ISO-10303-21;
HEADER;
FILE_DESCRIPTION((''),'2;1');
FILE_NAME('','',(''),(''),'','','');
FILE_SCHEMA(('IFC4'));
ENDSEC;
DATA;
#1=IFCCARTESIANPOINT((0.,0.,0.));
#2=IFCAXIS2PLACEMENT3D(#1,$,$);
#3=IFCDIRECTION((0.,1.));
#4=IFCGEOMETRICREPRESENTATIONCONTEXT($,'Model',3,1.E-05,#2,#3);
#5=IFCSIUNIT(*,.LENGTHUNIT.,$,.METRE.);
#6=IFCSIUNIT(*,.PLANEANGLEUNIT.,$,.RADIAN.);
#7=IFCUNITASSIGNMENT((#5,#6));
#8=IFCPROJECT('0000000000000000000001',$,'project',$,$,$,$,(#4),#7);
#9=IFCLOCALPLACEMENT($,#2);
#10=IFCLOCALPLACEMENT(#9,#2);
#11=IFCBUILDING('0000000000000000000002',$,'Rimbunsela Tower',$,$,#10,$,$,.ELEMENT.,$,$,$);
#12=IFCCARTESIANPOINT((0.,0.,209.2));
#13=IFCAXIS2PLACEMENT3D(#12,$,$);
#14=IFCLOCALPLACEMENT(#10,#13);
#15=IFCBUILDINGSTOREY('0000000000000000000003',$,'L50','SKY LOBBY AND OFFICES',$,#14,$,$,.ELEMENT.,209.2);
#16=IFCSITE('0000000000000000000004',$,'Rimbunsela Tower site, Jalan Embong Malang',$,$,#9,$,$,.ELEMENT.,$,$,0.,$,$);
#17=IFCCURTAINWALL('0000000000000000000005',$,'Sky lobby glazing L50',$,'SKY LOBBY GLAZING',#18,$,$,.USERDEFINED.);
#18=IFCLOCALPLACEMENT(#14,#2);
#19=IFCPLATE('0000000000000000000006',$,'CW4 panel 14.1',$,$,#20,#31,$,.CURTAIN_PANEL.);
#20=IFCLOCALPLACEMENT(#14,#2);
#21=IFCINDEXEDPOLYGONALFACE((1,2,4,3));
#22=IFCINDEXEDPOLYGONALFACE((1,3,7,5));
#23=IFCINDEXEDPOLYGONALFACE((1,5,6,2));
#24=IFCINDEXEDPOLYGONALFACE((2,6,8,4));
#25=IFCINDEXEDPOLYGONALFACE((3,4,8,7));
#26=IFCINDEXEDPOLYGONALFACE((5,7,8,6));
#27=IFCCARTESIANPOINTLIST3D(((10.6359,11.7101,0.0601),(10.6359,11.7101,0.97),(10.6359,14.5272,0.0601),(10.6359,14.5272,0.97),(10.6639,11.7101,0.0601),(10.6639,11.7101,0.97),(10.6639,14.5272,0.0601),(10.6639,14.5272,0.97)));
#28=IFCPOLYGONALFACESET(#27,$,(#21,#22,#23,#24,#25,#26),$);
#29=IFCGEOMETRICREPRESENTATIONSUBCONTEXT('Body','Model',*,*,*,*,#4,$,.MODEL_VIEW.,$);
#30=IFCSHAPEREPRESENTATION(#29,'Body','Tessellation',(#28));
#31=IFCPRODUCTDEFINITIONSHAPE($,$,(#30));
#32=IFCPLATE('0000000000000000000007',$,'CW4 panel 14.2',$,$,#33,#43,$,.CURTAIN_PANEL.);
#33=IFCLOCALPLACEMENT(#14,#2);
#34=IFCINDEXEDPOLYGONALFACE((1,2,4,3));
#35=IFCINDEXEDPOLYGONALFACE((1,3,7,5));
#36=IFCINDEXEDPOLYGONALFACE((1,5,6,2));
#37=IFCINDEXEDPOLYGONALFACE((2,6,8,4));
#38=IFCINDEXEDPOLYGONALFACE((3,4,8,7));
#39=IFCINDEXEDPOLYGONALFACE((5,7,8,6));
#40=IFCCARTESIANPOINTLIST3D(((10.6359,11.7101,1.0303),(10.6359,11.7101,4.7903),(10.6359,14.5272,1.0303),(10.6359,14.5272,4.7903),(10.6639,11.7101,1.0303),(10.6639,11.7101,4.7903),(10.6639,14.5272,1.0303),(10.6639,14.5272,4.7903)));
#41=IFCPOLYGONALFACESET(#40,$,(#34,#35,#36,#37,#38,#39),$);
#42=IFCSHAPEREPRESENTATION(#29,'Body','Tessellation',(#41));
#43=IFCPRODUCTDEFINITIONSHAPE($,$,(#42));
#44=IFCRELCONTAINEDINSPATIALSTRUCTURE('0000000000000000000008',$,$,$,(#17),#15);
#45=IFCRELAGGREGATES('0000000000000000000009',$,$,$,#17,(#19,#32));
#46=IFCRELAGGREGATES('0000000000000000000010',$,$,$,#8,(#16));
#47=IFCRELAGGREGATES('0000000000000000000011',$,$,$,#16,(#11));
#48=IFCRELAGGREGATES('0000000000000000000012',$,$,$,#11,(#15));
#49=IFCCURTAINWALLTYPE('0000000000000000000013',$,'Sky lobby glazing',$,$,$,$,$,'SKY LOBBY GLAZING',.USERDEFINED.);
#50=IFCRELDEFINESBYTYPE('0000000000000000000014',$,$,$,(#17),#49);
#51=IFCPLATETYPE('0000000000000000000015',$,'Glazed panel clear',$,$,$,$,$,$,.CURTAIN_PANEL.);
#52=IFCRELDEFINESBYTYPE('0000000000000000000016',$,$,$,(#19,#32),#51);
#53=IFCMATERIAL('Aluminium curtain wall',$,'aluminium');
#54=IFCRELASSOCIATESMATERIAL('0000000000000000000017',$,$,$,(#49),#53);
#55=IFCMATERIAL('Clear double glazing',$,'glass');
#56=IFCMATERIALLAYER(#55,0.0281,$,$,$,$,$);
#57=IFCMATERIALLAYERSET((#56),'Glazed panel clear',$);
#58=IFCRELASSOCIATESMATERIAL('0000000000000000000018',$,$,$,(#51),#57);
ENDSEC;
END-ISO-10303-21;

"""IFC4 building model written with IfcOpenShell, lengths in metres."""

from ifc_helpers import new_model, si_unit, direction, frame, origin, origin_2d, place, context, subcontext, project, spatial, rectangle, extrude, material, layer, layer_set, type_object, element, aggregate, save


model = new_model("IFC4")

# Units and contexts
model_context = context("Model", 3, precision=1e-05, world=origin(), true_north=direction((0.0, 1.0)))
body_context = subcontext(model_context, "Body", "Model", "MODEL_VIEW")
ifc_project = project(units=[si_unit("LENGTHUNIT", "METRE"), si_unit("PLANEANGLEUNIT", "RADIAN")], contexts=[model_context])

# Site, building, storey
site_placement = place(None, origin())
site = spatial("IfcSite", under=ifc_project, at=site_placement, Name="Rimbunsela Tower site, Jalan Embong Malang", CompositionType="ELEMENT", RefElevation=0.0)
building_placement = place(site_placement, origin())
building = spatial("IfcBuilding", under=site, at=building_placement, Name="Rimbunsela Tower", CompositionType="ELEMENT")
storey_placement = place(building_placement, frame((0.0, 0.0, 209.2)))
storey = spatial("IfcBuildingStorey", under=building, at=storey_placement, Name="L50", Description="SKY LOBBY AND OFFICES", CompositionType="ELEMENT", Elevation=209.2)

# Curtain wall
ifc_material_1 = material(Name="Aluminium curtain wall", Category="aluminium")
curtain_wall_type_1 = type_object("IfcCurtainWallType", Name="Sky lobby glazing", ElementType="SKY LOBBY GLAZING", PredefinedType="USERDEFINED", material=ifc_material_1)
curtain_wall_1_placement = place(storey_placement, origin())
curtain_wall_1 = element("IfcCurtainWall", 1, at=curtain_wall_1_placement, inside=storey, type_object=curtain_wall_type_1, Name="Sky lobby glazing L50", ObjectType="SKY LOBBY GLAZING", PredefinedType="USERDEFINED")

# Plates
ifc_material_2 = material(Name="Clear double glazing", Category="glass")
ifc_layer = layer(ifc_material_2, 0.0281)
ifc_layer_set = layer_set([ifc_layer], Name="Glazed panel clear")
plate_type = type_object("IfcPlateType", Name="Glazed panel clear", PredefinedType="CURTAIN_PANEL", material=ifc_layer_set)
plate_1_placement = place(storey_placement, frame((10.6499, 13.1187, 0.0601), z_axis=(0.0, 0.0, 1.0), x_axis=(0.0, -1.0, 0.0)))
plate_1 = element("IfcPlate", 2, at=plate_1_placement, type_object=plate_type, Name="CW4 panel 14.1", PredefinedType="CURTAIN_PANEL", context=body_context, shape_type="SweptSolid", body=[
    extrude(rectangle(XDim=2.8171, YDim=0.0281, at=origin_2d()), origin(), (0.0, 0.0, 1.0), 0.9099),
])
plate_2_placement = place(storey_placement, frame((10.6499, 13.1187, 1.0303), z_axis=(0.0, 0.0, 1.0), x_axis=(0.0, -1.0, 0.0)))
plate_2 = element("IfcPlate", 3, at=plate_2_placement, type_object=plate_type, Name="CW4 panel 14.2", PredefinedType="CURTAIN_PANEL", context=body_context, shape_type="SweptSolid", body=[
    extrude(rectangle(XDim=2.8171, YDim=0.0281, at=origin_2d()), origin(), (0.0, 0.0, 1.0), 3.76),
])
aggregate(curtain_wall_1, [plate_1, plate_2])

save(model, "model.ifc")
